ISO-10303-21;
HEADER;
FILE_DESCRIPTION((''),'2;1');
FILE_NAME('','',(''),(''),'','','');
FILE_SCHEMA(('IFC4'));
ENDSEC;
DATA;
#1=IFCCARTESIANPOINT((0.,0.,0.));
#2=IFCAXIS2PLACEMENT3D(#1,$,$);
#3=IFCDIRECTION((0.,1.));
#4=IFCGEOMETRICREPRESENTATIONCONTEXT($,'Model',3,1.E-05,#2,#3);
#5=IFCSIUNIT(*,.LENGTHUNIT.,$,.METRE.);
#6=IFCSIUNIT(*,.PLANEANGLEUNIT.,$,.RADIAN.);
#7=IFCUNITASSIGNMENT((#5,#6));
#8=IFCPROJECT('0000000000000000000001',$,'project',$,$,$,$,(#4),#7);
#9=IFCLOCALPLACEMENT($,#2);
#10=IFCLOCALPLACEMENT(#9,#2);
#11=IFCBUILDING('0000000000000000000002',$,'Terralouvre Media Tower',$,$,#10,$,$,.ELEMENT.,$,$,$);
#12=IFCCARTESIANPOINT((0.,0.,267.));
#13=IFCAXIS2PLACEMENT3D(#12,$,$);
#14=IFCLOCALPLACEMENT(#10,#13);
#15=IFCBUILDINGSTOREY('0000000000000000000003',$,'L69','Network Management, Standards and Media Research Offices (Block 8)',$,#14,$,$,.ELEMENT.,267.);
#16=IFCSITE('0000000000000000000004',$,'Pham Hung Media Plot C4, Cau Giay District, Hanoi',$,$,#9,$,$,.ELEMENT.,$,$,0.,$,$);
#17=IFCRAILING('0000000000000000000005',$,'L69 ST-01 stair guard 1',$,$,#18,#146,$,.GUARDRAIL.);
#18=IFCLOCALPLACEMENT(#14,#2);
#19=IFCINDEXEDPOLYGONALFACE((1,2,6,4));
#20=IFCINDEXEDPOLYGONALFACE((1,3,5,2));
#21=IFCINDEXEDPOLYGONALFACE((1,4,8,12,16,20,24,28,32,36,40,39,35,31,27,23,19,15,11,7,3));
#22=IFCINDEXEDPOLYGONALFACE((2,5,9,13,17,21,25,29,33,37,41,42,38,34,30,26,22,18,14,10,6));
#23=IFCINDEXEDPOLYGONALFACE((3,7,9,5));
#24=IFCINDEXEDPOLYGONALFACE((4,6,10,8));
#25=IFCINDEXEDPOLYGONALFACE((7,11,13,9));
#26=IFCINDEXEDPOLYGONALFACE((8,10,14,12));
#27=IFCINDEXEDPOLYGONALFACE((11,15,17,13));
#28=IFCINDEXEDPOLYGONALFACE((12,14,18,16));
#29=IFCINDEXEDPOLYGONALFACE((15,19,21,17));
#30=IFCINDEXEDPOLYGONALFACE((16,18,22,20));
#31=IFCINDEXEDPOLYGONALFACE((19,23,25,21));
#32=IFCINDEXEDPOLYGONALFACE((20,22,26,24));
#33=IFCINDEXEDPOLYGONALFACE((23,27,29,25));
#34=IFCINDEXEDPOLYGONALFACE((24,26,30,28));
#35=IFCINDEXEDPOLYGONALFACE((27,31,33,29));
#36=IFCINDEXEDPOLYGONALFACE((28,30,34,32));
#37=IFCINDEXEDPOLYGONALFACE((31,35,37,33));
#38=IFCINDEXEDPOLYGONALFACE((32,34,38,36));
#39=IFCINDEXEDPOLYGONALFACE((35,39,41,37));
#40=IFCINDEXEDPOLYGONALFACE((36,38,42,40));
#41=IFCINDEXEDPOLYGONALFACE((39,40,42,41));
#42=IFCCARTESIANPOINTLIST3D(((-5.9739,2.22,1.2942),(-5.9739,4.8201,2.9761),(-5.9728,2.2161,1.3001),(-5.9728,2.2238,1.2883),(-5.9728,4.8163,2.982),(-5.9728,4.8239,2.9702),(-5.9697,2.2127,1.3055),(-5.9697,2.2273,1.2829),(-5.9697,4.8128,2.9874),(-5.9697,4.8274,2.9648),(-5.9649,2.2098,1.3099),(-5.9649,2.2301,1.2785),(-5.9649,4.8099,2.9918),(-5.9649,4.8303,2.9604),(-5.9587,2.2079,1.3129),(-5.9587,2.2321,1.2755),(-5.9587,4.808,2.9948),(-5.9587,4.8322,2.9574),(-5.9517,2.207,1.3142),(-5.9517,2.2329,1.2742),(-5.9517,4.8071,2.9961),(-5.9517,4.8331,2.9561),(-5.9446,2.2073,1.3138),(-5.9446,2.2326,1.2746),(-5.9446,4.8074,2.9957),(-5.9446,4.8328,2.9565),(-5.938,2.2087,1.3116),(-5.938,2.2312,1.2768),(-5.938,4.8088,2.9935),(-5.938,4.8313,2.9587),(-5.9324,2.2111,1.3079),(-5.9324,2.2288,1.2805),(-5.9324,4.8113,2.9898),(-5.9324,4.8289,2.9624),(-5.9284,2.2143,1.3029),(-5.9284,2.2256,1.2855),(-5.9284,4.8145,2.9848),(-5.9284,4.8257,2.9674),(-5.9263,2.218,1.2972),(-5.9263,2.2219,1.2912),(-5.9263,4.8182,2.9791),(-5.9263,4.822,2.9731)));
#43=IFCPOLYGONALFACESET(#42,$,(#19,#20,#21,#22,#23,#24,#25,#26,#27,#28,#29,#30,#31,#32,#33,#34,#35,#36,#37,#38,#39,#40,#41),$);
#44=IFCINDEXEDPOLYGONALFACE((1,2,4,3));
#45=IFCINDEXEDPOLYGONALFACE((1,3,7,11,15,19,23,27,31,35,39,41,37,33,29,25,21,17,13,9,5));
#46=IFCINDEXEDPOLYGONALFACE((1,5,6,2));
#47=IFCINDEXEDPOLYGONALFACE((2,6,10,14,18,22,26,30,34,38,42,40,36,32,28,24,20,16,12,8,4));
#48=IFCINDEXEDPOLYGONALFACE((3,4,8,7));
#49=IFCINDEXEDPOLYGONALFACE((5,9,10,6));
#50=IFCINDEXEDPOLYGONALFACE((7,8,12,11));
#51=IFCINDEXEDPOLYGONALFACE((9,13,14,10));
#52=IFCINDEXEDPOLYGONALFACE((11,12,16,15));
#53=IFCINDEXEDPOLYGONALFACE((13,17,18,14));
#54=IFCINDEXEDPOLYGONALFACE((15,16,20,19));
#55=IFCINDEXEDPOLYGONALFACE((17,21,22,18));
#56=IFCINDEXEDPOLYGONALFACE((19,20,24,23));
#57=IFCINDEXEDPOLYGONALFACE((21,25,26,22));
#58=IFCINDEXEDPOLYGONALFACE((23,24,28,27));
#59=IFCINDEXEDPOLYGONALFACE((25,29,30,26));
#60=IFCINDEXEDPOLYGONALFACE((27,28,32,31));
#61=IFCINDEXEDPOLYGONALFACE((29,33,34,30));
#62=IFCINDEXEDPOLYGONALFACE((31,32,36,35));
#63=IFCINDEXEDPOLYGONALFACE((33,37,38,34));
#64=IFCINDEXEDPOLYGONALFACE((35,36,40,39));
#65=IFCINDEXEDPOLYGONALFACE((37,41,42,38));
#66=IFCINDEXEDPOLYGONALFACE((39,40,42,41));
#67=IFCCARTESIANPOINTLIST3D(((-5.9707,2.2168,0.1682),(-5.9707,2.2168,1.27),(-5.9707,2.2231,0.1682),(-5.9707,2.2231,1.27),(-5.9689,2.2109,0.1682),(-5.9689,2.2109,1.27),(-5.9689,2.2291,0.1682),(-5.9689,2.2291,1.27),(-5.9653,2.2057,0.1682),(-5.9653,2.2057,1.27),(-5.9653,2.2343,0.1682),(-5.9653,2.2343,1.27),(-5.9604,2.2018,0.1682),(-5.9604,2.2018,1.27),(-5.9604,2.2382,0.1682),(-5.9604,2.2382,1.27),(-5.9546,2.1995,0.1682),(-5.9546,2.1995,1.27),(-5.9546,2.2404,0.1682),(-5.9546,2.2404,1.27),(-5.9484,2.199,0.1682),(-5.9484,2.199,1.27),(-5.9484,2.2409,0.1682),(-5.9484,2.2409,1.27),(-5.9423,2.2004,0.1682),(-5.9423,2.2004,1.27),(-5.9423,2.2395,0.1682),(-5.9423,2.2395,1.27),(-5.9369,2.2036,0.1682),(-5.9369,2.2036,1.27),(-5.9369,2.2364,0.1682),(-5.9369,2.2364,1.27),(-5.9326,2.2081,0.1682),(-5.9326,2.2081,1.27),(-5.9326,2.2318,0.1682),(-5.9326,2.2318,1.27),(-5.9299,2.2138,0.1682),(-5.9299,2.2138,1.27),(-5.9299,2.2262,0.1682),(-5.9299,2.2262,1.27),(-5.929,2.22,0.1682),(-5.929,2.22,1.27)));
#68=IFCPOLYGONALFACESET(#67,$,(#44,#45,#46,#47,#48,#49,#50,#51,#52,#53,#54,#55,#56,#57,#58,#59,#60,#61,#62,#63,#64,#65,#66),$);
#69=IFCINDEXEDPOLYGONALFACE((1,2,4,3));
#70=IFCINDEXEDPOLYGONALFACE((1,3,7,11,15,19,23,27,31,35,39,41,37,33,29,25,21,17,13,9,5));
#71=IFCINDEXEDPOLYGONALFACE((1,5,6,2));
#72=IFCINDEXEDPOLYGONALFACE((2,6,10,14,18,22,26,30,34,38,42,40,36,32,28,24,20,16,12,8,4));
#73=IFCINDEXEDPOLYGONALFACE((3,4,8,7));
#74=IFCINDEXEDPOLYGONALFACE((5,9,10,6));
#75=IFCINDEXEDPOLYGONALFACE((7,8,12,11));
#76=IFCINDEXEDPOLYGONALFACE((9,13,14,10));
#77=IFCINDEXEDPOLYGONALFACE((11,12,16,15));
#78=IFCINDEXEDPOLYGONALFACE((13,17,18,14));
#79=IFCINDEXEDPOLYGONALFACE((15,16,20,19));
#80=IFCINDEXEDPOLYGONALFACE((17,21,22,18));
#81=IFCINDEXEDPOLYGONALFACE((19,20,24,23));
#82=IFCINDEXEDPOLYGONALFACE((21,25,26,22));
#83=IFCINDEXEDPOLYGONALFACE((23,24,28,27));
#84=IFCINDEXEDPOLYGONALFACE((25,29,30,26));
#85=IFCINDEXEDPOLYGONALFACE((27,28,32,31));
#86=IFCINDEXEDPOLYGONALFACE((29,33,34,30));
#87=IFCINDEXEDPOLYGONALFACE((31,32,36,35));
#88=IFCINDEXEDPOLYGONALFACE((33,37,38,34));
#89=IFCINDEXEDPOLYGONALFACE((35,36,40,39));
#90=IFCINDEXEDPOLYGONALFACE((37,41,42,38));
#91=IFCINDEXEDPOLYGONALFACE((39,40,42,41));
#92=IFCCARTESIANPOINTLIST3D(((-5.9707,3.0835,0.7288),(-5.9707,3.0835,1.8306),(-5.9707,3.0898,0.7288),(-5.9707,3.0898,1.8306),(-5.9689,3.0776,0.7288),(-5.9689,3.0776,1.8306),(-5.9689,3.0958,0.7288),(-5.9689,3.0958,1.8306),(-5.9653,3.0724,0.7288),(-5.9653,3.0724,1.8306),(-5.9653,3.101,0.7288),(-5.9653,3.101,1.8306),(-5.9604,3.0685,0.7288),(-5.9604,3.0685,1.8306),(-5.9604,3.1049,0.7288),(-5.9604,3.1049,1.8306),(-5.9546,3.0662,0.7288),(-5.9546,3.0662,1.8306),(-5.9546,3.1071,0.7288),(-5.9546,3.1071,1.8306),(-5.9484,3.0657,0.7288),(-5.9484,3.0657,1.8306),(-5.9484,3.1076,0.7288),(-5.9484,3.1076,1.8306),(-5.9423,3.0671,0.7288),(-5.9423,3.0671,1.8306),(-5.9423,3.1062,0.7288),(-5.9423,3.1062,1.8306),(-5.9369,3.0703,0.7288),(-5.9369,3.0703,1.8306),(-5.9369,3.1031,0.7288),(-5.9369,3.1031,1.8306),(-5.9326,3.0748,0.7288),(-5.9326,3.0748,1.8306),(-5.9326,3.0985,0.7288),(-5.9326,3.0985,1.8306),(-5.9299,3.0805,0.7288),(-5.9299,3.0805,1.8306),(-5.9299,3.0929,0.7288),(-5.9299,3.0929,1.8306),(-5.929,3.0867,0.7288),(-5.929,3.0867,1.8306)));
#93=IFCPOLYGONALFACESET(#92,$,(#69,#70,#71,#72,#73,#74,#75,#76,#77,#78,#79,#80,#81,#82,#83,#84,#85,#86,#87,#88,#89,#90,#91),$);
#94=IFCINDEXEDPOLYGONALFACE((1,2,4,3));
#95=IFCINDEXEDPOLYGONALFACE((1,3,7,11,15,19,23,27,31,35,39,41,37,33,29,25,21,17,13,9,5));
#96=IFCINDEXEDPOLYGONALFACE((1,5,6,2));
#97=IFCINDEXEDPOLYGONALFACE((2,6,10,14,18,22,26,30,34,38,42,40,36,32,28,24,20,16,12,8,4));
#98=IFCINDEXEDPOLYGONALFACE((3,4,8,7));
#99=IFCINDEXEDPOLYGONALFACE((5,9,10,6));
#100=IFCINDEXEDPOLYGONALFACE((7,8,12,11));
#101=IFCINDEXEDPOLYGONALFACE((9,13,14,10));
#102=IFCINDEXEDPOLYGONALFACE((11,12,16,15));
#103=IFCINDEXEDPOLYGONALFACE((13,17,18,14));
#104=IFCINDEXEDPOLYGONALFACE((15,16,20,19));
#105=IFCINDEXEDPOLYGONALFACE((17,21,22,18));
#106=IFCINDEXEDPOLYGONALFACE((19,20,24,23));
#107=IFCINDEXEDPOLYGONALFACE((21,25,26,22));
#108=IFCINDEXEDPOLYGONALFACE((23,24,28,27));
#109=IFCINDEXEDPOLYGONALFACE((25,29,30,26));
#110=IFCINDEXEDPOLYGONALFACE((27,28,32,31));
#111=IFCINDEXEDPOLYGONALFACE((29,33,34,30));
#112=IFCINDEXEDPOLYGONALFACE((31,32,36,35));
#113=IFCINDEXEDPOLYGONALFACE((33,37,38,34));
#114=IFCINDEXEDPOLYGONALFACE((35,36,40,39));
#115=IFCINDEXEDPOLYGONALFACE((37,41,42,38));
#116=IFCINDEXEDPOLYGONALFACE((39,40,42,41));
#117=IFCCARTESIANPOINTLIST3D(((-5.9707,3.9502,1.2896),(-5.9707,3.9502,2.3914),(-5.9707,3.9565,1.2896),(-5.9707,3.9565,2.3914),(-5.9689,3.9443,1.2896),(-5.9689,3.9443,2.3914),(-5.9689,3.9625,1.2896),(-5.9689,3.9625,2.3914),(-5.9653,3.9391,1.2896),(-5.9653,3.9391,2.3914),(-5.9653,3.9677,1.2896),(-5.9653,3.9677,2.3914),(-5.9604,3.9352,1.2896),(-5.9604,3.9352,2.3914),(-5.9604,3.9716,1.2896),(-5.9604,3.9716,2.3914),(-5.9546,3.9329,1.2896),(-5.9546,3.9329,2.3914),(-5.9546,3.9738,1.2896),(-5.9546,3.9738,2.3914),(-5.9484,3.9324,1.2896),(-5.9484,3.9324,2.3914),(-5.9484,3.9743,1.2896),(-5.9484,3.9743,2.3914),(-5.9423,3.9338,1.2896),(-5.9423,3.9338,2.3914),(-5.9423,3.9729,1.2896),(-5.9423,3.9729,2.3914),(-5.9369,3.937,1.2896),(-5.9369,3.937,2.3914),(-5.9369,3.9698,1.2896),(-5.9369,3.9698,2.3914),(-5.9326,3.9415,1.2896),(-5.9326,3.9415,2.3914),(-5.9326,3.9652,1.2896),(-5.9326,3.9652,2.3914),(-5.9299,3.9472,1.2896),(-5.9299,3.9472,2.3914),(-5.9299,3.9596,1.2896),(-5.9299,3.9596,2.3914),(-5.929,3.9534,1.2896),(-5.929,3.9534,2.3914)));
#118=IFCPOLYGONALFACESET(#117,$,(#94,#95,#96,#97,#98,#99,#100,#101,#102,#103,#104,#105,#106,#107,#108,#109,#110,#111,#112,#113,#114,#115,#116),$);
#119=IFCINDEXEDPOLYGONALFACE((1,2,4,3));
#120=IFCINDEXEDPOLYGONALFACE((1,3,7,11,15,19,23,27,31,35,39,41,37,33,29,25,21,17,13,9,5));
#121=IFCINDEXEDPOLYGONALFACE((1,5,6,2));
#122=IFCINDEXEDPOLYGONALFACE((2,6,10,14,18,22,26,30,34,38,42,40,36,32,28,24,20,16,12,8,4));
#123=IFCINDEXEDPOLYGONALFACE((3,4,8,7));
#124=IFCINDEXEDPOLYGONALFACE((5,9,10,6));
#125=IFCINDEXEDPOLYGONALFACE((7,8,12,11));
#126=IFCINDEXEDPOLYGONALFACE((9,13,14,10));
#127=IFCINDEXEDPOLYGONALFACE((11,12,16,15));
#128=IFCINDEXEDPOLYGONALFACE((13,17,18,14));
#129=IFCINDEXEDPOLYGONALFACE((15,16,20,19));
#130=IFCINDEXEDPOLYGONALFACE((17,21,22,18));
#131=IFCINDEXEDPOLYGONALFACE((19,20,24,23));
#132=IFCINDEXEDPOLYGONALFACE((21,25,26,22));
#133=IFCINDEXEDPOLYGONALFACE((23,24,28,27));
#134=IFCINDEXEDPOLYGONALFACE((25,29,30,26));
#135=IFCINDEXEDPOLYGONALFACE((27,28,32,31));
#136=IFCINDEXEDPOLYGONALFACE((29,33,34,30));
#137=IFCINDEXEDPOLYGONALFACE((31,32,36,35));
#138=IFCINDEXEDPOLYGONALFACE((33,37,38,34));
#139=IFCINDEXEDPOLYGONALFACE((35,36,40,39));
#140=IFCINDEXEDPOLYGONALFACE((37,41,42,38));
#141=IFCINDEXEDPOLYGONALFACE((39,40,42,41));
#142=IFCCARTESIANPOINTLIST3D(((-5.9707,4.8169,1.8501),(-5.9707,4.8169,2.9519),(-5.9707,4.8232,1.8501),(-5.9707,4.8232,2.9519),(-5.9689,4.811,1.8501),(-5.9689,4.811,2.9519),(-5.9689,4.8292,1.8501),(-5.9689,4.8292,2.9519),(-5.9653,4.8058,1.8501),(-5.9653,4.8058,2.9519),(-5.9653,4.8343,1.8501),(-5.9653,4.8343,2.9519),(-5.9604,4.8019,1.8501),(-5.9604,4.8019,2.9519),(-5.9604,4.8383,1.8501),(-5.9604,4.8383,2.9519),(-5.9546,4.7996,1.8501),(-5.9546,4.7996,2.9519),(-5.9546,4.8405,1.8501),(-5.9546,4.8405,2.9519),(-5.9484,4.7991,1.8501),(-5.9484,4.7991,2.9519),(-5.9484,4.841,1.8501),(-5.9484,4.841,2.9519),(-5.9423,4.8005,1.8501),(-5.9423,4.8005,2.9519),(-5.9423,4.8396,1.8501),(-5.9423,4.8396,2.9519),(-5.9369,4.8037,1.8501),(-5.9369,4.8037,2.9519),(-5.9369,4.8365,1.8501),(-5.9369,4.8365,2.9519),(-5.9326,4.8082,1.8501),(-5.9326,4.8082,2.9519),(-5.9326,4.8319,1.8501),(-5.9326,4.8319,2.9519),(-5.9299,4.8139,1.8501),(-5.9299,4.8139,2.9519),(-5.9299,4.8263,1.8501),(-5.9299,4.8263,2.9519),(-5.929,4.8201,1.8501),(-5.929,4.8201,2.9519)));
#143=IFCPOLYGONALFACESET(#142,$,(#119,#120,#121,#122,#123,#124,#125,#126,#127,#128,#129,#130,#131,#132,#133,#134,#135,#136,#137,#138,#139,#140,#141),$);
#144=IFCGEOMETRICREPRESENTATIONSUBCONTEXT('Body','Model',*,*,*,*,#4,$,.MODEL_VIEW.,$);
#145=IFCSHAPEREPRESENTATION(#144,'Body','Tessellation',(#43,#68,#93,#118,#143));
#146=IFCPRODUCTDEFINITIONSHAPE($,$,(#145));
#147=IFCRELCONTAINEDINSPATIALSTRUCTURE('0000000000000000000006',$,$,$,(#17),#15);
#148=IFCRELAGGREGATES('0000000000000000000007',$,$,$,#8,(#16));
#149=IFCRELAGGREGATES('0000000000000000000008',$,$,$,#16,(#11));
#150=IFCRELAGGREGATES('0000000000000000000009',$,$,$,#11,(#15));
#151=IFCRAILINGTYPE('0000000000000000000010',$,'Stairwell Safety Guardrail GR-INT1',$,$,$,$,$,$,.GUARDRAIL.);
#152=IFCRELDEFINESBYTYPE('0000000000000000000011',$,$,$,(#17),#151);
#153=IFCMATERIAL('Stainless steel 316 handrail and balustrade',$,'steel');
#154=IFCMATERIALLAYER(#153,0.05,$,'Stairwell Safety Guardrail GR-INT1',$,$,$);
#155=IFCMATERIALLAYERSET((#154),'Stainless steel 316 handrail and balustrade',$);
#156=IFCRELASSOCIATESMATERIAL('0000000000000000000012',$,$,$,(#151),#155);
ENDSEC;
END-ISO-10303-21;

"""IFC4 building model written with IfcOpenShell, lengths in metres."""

from ifc_helpers import new_model, si_unit, direction, frame, origin, origin_2d, place, context, subcontext, project, spatial, circle, extrude, material, layer, layer_set, type_object, element, save


model = new_model("IFC4")

# Units and contexts
model_context = context("Model", 3, precision=1e-05, world=origin(), true_north=direction((0.0, 1.0)))
body_context = subcontext(model_context, "Body", "Model", "MODEL_VIEW")
ifc_project = project(units=[si_unit("LENGTHUNIT", "METRE"), si_unit("PLANEANGLEUNIT", "RADIAN")], contexts=[model_context])

# Site, building, storey
site_placement = place(None, origin())
site = spatial("IfcSite", under=ifc_project, at=site_placement, Name="Pham Hung Media Plot C4, Cau Giay District, Hanoi", CompositionType="ELEMENT", RefElevation=0.0)
building_placement = place(site_placement, origin())
building = spatial("IfcBuilding", under=site, at=building_placement, Name="Terralouvre Media Tower", CompositionType="ELEMENT")
storey_placement = place(building_placement, frame((0.0, 0.0, 267.0)))
storey = spatial("IfcBuildingStorey", under=building, at=storey_placement, Name="L69", Description="Network Management, Standards and Media Research Offices (Block 8)", CompositionType="ELEMENT", Elevation=267.0)

# Railing
ifc_material_1 = material(Name="Stainless steel 316 handrail and balustrade", Category="steel")
ifc_layer_1 = layer(ifc_material_1, 0.05, Name="Stairwell Safety Guardrail GR-INT1")
ifc_layer_set_1 = layer_set([ifc_layer_1], Name="Stainless steel 316 handrail and balustrade")
railing_type_1 = type_object("IfcRailingType", Name="Stairwell Safety Guardrail GR-INT1", PredefinedType="GUARDRAIL", material=ifc_layer_set_1)
railing_1_placement = place(storey_placement, frame((-5.95, 2.22, 0.1682)))
element("IfcRailing", 1, at=railing_1_placement, inside=storey, type_object=railing_type_1, Name="L69 ST-01 stair guard 1", PredefinedType="GUARDRAIL", context=body_context, shape_type="SweptSolid", body=[
    extrude(circle(Radius=0.0239, at=origin_2d()), frame((0.0, 0.0, 1.126), z_axis=(0.0, 0.839648, 0.54313), x_axis=(-1.0, 0.0, 0.0)), (0.0, 0.0, 1.0), 3.0967),
    extrude(circle(Radius=0.021, at=origin_2d()), origin(), (0.0, 0.0, 1.0), 1.1018),
    extrude(circle(Radius=0.021, at=origin_2d()), frame((0.0, 0.8667, 0.5605)), (0.0, 0.0, 1.0), 1.1018),
    extrude(circle(Radius=0.021, at=origin_2d()), frame((0.0, 1.7334, 1.1213)), (0.0, 0.0, 1.0), 1.1018),
    extrude(circle(Radius=0.021, at=origin_2d()), frame((0.0, 2.6001, 1.6819)), (0.0, 0.0, 1.0), 1.1018),
])

save(model, "model.ifc")
